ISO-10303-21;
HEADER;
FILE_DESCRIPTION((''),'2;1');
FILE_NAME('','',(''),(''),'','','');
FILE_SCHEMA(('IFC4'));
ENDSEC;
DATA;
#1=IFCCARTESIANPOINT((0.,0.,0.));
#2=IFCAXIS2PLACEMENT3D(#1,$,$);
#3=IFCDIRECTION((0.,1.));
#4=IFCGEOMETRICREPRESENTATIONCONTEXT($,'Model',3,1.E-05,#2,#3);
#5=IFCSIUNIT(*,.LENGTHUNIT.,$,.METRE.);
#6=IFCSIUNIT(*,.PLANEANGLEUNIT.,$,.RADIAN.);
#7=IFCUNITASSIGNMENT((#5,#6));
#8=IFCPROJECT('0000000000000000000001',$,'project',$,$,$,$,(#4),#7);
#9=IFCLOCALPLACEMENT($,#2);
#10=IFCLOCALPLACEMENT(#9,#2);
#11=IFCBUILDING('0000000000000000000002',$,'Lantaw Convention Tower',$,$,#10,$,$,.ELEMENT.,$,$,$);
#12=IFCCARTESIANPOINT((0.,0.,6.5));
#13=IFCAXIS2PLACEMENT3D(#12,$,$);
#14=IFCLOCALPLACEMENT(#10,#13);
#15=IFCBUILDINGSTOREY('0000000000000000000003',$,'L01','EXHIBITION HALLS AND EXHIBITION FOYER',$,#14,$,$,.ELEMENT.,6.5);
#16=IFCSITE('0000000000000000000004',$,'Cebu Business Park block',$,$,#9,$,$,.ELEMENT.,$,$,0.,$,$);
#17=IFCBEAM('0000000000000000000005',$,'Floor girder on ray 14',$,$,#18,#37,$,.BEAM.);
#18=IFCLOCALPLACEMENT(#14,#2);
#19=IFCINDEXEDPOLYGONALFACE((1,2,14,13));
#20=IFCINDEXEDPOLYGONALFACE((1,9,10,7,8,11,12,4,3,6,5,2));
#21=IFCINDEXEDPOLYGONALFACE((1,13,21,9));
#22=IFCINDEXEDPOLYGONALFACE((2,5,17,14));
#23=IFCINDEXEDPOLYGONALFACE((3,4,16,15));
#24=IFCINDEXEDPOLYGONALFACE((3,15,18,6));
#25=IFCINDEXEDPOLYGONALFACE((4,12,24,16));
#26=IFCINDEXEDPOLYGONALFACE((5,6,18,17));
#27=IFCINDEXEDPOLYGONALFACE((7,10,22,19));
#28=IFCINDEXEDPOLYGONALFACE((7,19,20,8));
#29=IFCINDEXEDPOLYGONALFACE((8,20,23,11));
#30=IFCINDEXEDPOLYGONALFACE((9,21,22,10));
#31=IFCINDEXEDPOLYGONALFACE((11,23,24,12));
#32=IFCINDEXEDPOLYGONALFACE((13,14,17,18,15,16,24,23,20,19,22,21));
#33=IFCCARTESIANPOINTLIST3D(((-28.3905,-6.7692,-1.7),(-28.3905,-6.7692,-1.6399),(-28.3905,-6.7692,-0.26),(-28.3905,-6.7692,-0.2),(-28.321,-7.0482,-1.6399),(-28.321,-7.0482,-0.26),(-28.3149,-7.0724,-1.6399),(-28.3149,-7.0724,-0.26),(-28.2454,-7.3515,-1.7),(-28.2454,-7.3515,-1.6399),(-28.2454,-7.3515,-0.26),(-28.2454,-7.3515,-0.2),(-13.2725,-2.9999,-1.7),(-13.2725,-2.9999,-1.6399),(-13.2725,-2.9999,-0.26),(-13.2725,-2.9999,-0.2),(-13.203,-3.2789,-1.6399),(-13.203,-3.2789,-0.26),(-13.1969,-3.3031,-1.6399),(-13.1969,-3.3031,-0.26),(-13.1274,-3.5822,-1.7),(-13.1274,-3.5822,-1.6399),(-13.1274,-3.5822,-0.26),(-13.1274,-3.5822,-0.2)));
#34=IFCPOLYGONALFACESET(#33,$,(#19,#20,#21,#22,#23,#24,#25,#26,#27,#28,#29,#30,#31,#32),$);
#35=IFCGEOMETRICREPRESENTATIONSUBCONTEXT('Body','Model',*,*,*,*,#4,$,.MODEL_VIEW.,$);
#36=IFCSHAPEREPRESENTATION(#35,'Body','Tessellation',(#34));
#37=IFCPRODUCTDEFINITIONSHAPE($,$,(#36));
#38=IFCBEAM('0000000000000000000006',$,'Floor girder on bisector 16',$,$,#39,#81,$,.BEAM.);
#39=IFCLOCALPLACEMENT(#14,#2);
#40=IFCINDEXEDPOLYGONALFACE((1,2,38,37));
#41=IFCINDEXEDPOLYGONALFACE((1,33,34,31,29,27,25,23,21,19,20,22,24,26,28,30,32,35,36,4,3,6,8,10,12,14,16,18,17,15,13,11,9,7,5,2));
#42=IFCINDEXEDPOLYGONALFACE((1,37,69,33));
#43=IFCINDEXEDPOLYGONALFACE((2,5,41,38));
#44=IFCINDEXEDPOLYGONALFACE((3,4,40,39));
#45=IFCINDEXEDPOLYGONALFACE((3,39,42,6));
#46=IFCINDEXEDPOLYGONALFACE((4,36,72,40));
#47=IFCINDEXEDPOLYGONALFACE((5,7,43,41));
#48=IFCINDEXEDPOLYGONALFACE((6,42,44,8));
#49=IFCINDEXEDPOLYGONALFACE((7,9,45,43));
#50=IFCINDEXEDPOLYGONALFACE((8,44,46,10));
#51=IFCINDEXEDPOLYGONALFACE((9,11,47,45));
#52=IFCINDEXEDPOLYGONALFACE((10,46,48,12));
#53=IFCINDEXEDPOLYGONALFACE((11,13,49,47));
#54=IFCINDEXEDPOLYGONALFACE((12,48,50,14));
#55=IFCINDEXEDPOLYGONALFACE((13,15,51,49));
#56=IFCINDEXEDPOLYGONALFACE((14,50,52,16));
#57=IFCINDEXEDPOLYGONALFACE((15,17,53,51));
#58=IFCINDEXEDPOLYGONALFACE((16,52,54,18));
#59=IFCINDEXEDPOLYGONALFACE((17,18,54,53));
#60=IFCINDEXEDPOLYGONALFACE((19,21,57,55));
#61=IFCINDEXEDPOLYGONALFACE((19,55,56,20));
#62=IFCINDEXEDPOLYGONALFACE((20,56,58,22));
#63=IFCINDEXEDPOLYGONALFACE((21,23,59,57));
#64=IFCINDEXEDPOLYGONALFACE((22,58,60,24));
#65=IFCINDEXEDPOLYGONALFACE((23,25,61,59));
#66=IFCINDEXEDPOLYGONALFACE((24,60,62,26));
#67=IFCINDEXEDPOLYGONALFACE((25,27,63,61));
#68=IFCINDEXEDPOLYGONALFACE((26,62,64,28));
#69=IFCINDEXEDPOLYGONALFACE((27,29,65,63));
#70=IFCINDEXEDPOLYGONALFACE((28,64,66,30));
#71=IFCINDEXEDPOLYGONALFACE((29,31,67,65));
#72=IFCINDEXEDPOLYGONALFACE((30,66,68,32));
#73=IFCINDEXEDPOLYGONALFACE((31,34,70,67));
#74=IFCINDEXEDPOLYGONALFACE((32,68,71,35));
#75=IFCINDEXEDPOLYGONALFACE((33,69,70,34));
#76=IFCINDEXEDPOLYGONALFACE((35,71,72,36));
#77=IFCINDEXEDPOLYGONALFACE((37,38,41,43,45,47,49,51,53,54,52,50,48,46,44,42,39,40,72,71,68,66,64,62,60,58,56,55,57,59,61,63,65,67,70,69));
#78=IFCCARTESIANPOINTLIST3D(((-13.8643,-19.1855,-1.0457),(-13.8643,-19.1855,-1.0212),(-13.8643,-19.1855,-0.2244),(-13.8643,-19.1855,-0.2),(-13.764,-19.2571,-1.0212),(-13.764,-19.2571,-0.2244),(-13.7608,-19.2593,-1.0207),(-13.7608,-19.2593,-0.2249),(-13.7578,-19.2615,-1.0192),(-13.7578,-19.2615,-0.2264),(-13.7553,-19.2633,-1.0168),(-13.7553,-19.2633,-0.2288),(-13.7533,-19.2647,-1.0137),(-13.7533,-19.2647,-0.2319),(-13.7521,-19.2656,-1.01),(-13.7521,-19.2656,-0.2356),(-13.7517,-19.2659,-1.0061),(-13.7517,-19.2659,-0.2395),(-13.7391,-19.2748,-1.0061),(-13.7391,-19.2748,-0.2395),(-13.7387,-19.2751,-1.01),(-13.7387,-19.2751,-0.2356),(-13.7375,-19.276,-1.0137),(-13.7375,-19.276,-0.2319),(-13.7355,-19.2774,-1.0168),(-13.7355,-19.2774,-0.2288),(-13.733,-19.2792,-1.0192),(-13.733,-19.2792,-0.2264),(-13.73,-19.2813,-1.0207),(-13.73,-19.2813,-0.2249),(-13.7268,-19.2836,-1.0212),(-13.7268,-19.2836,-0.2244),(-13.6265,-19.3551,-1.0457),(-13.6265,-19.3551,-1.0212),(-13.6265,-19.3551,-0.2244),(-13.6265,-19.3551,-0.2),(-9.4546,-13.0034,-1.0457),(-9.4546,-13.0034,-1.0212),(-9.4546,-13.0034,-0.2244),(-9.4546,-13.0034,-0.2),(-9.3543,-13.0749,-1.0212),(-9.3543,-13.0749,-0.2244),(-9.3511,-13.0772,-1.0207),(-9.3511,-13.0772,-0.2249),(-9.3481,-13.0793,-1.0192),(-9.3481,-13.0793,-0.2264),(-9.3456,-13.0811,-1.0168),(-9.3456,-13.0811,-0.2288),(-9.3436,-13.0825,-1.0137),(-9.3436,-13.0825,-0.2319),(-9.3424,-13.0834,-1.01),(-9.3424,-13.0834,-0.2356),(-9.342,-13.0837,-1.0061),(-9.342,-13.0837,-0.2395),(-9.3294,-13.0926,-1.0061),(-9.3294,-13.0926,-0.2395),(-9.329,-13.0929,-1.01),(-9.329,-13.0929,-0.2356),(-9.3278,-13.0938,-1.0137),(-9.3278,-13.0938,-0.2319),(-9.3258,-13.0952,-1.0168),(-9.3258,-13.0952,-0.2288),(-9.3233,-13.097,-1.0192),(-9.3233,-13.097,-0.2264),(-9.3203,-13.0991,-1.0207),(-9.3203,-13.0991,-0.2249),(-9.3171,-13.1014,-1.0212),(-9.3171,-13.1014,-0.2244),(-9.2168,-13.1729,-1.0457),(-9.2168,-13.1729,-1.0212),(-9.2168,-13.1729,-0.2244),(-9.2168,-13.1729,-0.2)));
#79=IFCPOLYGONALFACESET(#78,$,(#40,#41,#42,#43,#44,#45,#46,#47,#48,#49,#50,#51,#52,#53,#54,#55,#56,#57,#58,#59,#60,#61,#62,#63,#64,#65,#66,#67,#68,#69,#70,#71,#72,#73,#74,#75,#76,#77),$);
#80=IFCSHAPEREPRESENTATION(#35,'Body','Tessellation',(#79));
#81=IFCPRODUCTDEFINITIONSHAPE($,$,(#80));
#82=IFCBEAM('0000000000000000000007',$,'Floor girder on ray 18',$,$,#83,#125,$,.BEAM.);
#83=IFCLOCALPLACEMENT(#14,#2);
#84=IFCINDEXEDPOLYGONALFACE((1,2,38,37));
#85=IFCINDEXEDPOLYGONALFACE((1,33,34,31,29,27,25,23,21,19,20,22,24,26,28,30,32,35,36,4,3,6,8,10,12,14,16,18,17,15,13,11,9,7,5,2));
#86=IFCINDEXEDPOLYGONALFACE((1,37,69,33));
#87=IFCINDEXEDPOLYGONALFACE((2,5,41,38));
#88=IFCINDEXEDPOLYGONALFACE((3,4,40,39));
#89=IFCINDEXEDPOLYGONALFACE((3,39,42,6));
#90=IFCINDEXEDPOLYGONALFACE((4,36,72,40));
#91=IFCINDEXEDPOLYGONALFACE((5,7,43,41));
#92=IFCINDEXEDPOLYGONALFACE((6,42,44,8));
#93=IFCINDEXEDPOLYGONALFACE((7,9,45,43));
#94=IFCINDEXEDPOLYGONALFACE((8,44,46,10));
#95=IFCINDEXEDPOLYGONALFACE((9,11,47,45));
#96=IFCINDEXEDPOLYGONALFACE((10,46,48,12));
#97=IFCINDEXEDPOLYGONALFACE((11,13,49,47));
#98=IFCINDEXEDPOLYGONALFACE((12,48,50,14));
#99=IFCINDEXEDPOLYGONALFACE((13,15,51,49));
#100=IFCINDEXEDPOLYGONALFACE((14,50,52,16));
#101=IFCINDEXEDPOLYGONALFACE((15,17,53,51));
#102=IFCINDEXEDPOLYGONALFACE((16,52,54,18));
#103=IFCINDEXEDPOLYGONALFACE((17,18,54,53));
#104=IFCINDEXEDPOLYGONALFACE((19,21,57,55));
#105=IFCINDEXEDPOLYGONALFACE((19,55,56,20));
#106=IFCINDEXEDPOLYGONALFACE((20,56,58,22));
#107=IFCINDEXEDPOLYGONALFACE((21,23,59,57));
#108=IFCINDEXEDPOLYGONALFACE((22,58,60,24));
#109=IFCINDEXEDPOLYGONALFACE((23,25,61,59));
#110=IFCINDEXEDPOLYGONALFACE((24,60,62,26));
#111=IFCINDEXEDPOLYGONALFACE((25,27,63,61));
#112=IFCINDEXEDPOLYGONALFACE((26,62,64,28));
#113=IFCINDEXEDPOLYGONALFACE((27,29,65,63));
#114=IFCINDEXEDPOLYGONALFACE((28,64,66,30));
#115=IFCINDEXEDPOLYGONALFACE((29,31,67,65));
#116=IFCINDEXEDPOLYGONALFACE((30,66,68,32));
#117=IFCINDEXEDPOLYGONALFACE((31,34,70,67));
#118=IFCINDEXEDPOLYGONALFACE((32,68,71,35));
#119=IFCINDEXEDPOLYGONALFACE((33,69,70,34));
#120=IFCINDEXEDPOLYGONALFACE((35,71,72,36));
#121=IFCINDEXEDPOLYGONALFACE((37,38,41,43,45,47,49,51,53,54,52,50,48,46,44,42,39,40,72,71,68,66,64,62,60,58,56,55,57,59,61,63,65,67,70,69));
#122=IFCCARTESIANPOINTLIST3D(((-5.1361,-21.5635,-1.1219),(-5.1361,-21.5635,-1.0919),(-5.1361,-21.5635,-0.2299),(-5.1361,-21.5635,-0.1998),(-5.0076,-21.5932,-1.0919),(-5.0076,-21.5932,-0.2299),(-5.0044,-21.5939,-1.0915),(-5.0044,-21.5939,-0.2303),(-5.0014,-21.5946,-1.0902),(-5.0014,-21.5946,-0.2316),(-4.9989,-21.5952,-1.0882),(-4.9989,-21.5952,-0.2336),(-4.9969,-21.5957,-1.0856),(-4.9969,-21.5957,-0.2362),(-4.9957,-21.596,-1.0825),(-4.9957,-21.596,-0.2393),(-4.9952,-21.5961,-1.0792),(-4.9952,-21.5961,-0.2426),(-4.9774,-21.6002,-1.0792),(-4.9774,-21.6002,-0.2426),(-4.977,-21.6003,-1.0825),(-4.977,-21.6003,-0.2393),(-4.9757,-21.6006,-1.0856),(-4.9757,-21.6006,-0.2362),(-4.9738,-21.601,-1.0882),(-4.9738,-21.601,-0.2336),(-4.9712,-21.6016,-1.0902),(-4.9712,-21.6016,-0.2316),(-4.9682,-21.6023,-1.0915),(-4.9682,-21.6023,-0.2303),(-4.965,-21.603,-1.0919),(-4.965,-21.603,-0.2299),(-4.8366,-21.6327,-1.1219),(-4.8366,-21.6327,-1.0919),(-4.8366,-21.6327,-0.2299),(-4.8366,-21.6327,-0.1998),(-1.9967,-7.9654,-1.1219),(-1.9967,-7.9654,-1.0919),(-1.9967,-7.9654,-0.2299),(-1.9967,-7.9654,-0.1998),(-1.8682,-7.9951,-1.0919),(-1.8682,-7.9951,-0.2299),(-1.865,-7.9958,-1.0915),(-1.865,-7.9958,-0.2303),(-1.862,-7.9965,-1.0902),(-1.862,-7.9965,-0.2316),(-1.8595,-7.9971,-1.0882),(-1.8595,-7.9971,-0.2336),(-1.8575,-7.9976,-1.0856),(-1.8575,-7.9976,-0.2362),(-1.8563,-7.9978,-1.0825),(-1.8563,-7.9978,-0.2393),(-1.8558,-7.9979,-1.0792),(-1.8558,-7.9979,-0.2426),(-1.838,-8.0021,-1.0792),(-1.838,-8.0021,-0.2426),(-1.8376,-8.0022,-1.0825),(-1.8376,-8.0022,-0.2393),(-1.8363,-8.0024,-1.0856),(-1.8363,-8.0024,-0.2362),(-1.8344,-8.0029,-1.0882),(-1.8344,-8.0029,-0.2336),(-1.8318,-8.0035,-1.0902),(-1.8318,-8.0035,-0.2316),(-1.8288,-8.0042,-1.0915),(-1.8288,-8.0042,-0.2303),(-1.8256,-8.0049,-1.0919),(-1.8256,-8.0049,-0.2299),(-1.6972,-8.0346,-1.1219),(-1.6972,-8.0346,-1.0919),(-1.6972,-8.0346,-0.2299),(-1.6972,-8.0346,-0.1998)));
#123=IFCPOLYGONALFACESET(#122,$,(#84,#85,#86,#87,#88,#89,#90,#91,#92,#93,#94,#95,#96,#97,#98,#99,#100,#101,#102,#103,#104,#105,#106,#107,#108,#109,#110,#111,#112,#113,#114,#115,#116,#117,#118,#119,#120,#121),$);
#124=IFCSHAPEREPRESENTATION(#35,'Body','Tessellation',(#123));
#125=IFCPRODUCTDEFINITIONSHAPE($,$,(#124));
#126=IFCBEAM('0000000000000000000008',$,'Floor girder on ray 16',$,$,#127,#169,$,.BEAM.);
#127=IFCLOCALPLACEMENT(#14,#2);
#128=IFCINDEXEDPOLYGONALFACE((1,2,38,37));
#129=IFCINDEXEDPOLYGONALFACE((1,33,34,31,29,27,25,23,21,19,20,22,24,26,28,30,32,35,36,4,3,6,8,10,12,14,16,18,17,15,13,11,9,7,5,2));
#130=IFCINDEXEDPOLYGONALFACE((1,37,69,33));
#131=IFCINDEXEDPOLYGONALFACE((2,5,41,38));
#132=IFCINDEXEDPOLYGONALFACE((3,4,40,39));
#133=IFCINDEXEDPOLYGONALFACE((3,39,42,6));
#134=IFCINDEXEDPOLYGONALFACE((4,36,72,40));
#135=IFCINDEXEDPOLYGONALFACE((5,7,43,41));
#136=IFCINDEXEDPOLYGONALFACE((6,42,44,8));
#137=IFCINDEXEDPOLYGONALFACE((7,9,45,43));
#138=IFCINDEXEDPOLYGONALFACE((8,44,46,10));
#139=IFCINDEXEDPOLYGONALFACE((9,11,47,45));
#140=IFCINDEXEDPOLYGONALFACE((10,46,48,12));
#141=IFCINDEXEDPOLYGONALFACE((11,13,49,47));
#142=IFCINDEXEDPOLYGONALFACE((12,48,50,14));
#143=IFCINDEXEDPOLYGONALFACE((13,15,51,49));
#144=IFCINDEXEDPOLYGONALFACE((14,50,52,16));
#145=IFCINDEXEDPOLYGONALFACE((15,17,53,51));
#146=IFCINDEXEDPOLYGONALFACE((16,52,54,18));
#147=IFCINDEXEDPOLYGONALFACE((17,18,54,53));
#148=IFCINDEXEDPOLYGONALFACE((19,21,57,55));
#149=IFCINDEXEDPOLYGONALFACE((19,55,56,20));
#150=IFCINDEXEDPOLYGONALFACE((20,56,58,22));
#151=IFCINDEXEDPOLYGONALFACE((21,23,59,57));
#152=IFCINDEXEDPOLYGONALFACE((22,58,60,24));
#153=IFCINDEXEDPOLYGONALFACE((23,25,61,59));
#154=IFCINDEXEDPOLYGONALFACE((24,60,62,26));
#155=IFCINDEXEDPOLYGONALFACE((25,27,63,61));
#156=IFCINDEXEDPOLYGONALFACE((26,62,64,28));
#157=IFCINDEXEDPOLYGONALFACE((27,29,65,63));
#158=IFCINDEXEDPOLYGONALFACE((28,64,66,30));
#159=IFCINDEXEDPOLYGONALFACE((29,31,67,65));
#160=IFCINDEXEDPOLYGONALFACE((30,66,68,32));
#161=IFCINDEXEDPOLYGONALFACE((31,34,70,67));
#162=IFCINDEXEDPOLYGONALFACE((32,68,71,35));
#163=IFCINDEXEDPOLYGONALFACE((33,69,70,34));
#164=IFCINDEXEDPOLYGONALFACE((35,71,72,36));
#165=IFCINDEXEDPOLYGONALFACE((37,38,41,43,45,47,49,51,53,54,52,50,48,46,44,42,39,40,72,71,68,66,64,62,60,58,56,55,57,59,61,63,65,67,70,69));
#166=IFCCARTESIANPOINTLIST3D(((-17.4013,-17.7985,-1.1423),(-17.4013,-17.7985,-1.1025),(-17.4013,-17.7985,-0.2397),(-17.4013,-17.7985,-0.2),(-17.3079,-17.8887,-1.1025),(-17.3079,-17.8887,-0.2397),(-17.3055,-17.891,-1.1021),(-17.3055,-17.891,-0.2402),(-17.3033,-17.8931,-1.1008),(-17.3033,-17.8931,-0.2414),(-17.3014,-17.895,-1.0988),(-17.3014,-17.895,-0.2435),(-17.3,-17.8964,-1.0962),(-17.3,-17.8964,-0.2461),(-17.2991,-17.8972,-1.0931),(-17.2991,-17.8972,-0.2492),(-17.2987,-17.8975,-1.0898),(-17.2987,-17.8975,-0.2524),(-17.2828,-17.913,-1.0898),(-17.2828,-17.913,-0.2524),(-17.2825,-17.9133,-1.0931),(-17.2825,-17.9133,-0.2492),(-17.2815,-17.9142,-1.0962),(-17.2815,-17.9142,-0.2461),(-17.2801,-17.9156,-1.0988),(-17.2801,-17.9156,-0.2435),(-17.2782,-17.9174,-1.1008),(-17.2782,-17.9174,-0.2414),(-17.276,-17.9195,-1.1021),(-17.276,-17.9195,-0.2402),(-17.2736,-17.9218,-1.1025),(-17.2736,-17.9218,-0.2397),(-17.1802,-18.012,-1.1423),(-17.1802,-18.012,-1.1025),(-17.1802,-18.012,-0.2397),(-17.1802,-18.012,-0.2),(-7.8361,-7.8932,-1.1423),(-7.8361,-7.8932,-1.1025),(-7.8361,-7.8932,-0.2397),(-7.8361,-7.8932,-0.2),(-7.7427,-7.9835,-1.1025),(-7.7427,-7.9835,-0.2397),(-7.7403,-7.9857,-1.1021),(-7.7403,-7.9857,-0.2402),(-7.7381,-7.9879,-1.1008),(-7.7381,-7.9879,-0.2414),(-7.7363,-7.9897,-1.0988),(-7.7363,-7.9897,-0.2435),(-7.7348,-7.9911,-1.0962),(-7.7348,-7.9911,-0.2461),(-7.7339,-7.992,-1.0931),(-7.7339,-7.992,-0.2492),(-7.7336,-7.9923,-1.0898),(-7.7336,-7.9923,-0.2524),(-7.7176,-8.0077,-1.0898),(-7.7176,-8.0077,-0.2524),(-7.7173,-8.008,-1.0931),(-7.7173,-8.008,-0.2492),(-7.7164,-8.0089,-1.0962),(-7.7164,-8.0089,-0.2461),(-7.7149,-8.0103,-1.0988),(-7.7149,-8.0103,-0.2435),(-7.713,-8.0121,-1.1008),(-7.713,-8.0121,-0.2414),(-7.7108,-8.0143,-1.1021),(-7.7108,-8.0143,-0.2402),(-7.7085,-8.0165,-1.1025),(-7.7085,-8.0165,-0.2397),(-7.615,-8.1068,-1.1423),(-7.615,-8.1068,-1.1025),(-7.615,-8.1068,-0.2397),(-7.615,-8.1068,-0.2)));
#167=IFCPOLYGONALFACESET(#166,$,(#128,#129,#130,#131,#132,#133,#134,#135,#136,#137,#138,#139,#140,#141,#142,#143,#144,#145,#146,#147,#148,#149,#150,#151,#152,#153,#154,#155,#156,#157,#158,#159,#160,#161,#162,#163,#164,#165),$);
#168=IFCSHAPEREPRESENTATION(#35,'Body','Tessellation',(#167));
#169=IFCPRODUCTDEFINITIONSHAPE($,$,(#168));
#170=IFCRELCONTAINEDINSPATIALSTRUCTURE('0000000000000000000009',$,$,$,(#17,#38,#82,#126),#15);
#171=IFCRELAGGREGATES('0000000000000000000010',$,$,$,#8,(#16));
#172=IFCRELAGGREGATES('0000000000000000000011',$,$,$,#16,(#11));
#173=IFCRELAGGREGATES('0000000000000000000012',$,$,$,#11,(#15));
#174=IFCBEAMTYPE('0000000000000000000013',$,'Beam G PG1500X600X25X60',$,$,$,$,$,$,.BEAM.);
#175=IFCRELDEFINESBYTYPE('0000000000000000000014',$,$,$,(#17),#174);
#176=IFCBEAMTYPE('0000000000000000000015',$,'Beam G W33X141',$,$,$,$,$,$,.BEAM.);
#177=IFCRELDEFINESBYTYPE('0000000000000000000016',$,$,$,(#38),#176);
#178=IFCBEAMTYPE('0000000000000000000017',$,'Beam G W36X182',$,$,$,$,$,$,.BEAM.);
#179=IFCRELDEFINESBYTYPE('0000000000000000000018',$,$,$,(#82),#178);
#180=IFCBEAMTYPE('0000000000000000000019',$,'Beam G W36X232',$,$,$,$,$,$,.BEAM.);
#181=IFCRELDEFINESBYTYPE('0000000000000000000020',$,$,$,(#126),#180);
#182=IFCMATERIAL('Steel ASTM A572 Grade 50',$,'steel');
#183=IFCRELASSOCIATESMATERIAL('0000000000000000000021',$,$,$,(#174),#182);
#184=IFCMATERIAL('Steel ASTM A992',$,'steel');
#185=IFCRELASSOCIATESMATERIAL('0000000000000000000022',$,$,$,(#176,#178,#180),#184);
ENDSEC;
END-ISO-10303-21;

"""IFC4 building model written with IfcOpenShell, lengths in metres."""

from ifc_helpers import new_model, si_unit, direction, frame, origin, origin_2d, place, context, subcontext, project, spatial, i_section, extrude, material, material_profile, profile_set, type_object, element, save


model = new_model("IFC4")

# Units and contexts
model_context = context("Model", 3, precision=1e-05, world=origin(), true_north=direction((0.0, 1.0)))
body_context = subcontext(model_context, "Body", "Model", "MODEL_VIEW")
ifc_project = project(units=[si_unit("LENGTHUNIT", "METRE"), si_unit("PLANEANGLEUNIT", "RADIAN")], contexts=[model_context])

# Site, building, storey
site_placement = place(None, origin())
site = spatial("IfcSite", under=ifc_project, at=site_placement, Name="Cebu Business Park block", CompositionType="ELEMENT", RefElevation=0.0)
building_placement = place(site_placement, origin())
building = spatial("IfcBuilding", under=site, at=building_placement, Name="Lantaw Convention Tower", CompositionType="ELEMENT")
storey_placement = place(building_placement, frame((0.0, 0.0, 6.5)))
storey = spatial("IfcBuildingStorey", under=building, at=storey_placement, Name="L01", Description="EXHIBITION HALLS AND EXHIBITION FOYER", CompositionType="ELEMENT", Elevation=6.5)

# Beams
ifc_material_1 = material(Name="Steel ASTM A572 Grade 50", Category="steel")
ifc_material_profile_1 = material_profile(ifc_material_1, i_section(OverallWidth=0.6001, OverallDepth=1.5, WebThickness=0.0249, FlangeThickness=0.0601, at=origin_2d()), Name="PG1500X600X25X60")
ifc_profile_set_1 = profile_set([ifc_material_profile_1], Name="Steel ASTM A572 Grade 50")
beam_type_1 = type_object("IfcBeamType", Name="Beam G PG1500X600X25X60", PredefinedType="BEAM", material=ifc_profile_set_1)
beam_1_placement = place(storey_placement, frame((-13.2, -3.291, -0.95), z_axis=(-0.970296, -0.24192, 0.0), x_axis=(0.24192, -0.970296, 0.0)))
element("IfcBeam", 1, at=beam_1_placement, inside=storey, type_object=beam_type_1, Name="Floor girder on ray 14", PredefinedType="BEAM", context=body_context, shape_type="SweptSolid", body=[
    extrude(i_section(OverallWidth=0.6001, OverallDepth=1.5, WebThickness=0.0249, FlangeThickness=0.0601, at=origin_2d()), origin(), (0.0, 0.0, 1.0), 15.5808),
])
ifc_material_2 = material(Name="Steel ASTM A992", Category="steel")
ifc_material_profile_2 = material_profile(ifc_material_2, i_section(OverallWidth=0.292, OverallDepth=0.8457, WebThickness=0.0154, FlangeThickness=0.0244, FilletRadius=0.0151, at=origin_2d()), Name="W33X141")
ifc_profile_set_2 = profile_set([ifc_material_profile_2], Name="Steel ASTM A992")
beam_type_2 = type_object("IfcBeamType", Name="Beam G W33X141", PredefinedType="BEAM", material=ifc_profile_set_2)
beam_2_placement = place(storey_placement, frame((-9.3357, -13.0881, -0.6228), z_axis=(-0.580703, -0.814116, 0.0), x_axis=(0.814116, -0.580703, 0.0)))
element("IfcBeam", 2, at=beam_2_placement, inside=storey, type_object=beam_type_2, Name="Floor girder on bisector 16", PredefinedType="BEAM", context=body_context, shape_type="SweptSolid", body=[
    extrude(i_section(OverallWidth=0.292, OverallDepth=0.8457, WebThickness=0.0154, FlangeThickness=0.0244, FilletRadius=0.0151, at=origin_2d()), origin(), (0.0, 0.0, 1.0), 7.5938),
])
ifc_material_profile_3 = material_profile(ifc_material_2, i_section(OverallWidth=0.3074, OverallDepth=0.9221, WebThickness=0.0183, FlangeThickness=0.03, FilletRadius=0.0127, at=origin_2d()), Name="W36X182")
ifc_profile_set_3 = profile_set([ifc_material_profile_3], Name="Steel ASTM A992")
beam_type_3 = type_object("IfcBeamType", Name="Beam G W36X182", PredefinedType="BEAM", material=ifc_profile_set_3)
beam_3_placement = place(storey_placement, frame((-1.8469, -8.0, -0.6609), z_axis=(-0.224953, -0.97437, 0.0), x_axis=(0.97437, -0.224953, 0.0)))
element("IfcBeam", 3, at=beam_3_placement, inside=storey, type_object=beam_type_3, Name="Floor girder on ray 18", PredefinedType="BEAM", context=body_context, shape_type="SweptSolid", body=[
    extrude(i_section(OverallWidth=0.3074, OverallDepth=0.9221, WebThickness=0.0183, FlangeThickness=0.03, FilletRadius=0.0127, at=origin_2d()), origin(), (0.0, 0.0, 1.0), 13.9558),
])
ifc_material_profile_4 = material_profile(ifc_material_2, i_section(OverallWidth=0.3074, OverallDepth=0.9424, WebThickness=0.0222, FlangeThickness=0.0398, FilletRadius=0.0127, at=origin_2d()), Name="W36X232")
ifc_profile_set_4 = profile_set([ifc_material_profile_4], Name="Steel ASTM A992")
beam_type_4 = type_object("IfcBeamType", Name="Beam G W36X232", PredefinedType="BEAM", material=ifc_profile_set_4)
beam_4_placement = place(storey_placement, frame((-7.7256, -8.0, -0.6711), z_axis=(-0.69465, -0.719348, 0.0), x_axis=(0.719348, -0.69465, 0.0)))
element("IfcBeam", 4, at=beam_4_placement, inside=storey, type_object=beam_type_4, Name="Floor girder on ray 16", PredefinedType="BEAM", context=body_context, shape_type="SweptSolid", body=[
    extrude(i_section(OverallWidth=0.3074, OverallDepth=0.9424, WebThickness=0.0222, FlangeThickness=0.0398, FilletRadius=0.0127, at=origin_2d()), origin(), (0.0, 0.0, 1.0), 13.7698),
])

save(model, "model.ifc")
